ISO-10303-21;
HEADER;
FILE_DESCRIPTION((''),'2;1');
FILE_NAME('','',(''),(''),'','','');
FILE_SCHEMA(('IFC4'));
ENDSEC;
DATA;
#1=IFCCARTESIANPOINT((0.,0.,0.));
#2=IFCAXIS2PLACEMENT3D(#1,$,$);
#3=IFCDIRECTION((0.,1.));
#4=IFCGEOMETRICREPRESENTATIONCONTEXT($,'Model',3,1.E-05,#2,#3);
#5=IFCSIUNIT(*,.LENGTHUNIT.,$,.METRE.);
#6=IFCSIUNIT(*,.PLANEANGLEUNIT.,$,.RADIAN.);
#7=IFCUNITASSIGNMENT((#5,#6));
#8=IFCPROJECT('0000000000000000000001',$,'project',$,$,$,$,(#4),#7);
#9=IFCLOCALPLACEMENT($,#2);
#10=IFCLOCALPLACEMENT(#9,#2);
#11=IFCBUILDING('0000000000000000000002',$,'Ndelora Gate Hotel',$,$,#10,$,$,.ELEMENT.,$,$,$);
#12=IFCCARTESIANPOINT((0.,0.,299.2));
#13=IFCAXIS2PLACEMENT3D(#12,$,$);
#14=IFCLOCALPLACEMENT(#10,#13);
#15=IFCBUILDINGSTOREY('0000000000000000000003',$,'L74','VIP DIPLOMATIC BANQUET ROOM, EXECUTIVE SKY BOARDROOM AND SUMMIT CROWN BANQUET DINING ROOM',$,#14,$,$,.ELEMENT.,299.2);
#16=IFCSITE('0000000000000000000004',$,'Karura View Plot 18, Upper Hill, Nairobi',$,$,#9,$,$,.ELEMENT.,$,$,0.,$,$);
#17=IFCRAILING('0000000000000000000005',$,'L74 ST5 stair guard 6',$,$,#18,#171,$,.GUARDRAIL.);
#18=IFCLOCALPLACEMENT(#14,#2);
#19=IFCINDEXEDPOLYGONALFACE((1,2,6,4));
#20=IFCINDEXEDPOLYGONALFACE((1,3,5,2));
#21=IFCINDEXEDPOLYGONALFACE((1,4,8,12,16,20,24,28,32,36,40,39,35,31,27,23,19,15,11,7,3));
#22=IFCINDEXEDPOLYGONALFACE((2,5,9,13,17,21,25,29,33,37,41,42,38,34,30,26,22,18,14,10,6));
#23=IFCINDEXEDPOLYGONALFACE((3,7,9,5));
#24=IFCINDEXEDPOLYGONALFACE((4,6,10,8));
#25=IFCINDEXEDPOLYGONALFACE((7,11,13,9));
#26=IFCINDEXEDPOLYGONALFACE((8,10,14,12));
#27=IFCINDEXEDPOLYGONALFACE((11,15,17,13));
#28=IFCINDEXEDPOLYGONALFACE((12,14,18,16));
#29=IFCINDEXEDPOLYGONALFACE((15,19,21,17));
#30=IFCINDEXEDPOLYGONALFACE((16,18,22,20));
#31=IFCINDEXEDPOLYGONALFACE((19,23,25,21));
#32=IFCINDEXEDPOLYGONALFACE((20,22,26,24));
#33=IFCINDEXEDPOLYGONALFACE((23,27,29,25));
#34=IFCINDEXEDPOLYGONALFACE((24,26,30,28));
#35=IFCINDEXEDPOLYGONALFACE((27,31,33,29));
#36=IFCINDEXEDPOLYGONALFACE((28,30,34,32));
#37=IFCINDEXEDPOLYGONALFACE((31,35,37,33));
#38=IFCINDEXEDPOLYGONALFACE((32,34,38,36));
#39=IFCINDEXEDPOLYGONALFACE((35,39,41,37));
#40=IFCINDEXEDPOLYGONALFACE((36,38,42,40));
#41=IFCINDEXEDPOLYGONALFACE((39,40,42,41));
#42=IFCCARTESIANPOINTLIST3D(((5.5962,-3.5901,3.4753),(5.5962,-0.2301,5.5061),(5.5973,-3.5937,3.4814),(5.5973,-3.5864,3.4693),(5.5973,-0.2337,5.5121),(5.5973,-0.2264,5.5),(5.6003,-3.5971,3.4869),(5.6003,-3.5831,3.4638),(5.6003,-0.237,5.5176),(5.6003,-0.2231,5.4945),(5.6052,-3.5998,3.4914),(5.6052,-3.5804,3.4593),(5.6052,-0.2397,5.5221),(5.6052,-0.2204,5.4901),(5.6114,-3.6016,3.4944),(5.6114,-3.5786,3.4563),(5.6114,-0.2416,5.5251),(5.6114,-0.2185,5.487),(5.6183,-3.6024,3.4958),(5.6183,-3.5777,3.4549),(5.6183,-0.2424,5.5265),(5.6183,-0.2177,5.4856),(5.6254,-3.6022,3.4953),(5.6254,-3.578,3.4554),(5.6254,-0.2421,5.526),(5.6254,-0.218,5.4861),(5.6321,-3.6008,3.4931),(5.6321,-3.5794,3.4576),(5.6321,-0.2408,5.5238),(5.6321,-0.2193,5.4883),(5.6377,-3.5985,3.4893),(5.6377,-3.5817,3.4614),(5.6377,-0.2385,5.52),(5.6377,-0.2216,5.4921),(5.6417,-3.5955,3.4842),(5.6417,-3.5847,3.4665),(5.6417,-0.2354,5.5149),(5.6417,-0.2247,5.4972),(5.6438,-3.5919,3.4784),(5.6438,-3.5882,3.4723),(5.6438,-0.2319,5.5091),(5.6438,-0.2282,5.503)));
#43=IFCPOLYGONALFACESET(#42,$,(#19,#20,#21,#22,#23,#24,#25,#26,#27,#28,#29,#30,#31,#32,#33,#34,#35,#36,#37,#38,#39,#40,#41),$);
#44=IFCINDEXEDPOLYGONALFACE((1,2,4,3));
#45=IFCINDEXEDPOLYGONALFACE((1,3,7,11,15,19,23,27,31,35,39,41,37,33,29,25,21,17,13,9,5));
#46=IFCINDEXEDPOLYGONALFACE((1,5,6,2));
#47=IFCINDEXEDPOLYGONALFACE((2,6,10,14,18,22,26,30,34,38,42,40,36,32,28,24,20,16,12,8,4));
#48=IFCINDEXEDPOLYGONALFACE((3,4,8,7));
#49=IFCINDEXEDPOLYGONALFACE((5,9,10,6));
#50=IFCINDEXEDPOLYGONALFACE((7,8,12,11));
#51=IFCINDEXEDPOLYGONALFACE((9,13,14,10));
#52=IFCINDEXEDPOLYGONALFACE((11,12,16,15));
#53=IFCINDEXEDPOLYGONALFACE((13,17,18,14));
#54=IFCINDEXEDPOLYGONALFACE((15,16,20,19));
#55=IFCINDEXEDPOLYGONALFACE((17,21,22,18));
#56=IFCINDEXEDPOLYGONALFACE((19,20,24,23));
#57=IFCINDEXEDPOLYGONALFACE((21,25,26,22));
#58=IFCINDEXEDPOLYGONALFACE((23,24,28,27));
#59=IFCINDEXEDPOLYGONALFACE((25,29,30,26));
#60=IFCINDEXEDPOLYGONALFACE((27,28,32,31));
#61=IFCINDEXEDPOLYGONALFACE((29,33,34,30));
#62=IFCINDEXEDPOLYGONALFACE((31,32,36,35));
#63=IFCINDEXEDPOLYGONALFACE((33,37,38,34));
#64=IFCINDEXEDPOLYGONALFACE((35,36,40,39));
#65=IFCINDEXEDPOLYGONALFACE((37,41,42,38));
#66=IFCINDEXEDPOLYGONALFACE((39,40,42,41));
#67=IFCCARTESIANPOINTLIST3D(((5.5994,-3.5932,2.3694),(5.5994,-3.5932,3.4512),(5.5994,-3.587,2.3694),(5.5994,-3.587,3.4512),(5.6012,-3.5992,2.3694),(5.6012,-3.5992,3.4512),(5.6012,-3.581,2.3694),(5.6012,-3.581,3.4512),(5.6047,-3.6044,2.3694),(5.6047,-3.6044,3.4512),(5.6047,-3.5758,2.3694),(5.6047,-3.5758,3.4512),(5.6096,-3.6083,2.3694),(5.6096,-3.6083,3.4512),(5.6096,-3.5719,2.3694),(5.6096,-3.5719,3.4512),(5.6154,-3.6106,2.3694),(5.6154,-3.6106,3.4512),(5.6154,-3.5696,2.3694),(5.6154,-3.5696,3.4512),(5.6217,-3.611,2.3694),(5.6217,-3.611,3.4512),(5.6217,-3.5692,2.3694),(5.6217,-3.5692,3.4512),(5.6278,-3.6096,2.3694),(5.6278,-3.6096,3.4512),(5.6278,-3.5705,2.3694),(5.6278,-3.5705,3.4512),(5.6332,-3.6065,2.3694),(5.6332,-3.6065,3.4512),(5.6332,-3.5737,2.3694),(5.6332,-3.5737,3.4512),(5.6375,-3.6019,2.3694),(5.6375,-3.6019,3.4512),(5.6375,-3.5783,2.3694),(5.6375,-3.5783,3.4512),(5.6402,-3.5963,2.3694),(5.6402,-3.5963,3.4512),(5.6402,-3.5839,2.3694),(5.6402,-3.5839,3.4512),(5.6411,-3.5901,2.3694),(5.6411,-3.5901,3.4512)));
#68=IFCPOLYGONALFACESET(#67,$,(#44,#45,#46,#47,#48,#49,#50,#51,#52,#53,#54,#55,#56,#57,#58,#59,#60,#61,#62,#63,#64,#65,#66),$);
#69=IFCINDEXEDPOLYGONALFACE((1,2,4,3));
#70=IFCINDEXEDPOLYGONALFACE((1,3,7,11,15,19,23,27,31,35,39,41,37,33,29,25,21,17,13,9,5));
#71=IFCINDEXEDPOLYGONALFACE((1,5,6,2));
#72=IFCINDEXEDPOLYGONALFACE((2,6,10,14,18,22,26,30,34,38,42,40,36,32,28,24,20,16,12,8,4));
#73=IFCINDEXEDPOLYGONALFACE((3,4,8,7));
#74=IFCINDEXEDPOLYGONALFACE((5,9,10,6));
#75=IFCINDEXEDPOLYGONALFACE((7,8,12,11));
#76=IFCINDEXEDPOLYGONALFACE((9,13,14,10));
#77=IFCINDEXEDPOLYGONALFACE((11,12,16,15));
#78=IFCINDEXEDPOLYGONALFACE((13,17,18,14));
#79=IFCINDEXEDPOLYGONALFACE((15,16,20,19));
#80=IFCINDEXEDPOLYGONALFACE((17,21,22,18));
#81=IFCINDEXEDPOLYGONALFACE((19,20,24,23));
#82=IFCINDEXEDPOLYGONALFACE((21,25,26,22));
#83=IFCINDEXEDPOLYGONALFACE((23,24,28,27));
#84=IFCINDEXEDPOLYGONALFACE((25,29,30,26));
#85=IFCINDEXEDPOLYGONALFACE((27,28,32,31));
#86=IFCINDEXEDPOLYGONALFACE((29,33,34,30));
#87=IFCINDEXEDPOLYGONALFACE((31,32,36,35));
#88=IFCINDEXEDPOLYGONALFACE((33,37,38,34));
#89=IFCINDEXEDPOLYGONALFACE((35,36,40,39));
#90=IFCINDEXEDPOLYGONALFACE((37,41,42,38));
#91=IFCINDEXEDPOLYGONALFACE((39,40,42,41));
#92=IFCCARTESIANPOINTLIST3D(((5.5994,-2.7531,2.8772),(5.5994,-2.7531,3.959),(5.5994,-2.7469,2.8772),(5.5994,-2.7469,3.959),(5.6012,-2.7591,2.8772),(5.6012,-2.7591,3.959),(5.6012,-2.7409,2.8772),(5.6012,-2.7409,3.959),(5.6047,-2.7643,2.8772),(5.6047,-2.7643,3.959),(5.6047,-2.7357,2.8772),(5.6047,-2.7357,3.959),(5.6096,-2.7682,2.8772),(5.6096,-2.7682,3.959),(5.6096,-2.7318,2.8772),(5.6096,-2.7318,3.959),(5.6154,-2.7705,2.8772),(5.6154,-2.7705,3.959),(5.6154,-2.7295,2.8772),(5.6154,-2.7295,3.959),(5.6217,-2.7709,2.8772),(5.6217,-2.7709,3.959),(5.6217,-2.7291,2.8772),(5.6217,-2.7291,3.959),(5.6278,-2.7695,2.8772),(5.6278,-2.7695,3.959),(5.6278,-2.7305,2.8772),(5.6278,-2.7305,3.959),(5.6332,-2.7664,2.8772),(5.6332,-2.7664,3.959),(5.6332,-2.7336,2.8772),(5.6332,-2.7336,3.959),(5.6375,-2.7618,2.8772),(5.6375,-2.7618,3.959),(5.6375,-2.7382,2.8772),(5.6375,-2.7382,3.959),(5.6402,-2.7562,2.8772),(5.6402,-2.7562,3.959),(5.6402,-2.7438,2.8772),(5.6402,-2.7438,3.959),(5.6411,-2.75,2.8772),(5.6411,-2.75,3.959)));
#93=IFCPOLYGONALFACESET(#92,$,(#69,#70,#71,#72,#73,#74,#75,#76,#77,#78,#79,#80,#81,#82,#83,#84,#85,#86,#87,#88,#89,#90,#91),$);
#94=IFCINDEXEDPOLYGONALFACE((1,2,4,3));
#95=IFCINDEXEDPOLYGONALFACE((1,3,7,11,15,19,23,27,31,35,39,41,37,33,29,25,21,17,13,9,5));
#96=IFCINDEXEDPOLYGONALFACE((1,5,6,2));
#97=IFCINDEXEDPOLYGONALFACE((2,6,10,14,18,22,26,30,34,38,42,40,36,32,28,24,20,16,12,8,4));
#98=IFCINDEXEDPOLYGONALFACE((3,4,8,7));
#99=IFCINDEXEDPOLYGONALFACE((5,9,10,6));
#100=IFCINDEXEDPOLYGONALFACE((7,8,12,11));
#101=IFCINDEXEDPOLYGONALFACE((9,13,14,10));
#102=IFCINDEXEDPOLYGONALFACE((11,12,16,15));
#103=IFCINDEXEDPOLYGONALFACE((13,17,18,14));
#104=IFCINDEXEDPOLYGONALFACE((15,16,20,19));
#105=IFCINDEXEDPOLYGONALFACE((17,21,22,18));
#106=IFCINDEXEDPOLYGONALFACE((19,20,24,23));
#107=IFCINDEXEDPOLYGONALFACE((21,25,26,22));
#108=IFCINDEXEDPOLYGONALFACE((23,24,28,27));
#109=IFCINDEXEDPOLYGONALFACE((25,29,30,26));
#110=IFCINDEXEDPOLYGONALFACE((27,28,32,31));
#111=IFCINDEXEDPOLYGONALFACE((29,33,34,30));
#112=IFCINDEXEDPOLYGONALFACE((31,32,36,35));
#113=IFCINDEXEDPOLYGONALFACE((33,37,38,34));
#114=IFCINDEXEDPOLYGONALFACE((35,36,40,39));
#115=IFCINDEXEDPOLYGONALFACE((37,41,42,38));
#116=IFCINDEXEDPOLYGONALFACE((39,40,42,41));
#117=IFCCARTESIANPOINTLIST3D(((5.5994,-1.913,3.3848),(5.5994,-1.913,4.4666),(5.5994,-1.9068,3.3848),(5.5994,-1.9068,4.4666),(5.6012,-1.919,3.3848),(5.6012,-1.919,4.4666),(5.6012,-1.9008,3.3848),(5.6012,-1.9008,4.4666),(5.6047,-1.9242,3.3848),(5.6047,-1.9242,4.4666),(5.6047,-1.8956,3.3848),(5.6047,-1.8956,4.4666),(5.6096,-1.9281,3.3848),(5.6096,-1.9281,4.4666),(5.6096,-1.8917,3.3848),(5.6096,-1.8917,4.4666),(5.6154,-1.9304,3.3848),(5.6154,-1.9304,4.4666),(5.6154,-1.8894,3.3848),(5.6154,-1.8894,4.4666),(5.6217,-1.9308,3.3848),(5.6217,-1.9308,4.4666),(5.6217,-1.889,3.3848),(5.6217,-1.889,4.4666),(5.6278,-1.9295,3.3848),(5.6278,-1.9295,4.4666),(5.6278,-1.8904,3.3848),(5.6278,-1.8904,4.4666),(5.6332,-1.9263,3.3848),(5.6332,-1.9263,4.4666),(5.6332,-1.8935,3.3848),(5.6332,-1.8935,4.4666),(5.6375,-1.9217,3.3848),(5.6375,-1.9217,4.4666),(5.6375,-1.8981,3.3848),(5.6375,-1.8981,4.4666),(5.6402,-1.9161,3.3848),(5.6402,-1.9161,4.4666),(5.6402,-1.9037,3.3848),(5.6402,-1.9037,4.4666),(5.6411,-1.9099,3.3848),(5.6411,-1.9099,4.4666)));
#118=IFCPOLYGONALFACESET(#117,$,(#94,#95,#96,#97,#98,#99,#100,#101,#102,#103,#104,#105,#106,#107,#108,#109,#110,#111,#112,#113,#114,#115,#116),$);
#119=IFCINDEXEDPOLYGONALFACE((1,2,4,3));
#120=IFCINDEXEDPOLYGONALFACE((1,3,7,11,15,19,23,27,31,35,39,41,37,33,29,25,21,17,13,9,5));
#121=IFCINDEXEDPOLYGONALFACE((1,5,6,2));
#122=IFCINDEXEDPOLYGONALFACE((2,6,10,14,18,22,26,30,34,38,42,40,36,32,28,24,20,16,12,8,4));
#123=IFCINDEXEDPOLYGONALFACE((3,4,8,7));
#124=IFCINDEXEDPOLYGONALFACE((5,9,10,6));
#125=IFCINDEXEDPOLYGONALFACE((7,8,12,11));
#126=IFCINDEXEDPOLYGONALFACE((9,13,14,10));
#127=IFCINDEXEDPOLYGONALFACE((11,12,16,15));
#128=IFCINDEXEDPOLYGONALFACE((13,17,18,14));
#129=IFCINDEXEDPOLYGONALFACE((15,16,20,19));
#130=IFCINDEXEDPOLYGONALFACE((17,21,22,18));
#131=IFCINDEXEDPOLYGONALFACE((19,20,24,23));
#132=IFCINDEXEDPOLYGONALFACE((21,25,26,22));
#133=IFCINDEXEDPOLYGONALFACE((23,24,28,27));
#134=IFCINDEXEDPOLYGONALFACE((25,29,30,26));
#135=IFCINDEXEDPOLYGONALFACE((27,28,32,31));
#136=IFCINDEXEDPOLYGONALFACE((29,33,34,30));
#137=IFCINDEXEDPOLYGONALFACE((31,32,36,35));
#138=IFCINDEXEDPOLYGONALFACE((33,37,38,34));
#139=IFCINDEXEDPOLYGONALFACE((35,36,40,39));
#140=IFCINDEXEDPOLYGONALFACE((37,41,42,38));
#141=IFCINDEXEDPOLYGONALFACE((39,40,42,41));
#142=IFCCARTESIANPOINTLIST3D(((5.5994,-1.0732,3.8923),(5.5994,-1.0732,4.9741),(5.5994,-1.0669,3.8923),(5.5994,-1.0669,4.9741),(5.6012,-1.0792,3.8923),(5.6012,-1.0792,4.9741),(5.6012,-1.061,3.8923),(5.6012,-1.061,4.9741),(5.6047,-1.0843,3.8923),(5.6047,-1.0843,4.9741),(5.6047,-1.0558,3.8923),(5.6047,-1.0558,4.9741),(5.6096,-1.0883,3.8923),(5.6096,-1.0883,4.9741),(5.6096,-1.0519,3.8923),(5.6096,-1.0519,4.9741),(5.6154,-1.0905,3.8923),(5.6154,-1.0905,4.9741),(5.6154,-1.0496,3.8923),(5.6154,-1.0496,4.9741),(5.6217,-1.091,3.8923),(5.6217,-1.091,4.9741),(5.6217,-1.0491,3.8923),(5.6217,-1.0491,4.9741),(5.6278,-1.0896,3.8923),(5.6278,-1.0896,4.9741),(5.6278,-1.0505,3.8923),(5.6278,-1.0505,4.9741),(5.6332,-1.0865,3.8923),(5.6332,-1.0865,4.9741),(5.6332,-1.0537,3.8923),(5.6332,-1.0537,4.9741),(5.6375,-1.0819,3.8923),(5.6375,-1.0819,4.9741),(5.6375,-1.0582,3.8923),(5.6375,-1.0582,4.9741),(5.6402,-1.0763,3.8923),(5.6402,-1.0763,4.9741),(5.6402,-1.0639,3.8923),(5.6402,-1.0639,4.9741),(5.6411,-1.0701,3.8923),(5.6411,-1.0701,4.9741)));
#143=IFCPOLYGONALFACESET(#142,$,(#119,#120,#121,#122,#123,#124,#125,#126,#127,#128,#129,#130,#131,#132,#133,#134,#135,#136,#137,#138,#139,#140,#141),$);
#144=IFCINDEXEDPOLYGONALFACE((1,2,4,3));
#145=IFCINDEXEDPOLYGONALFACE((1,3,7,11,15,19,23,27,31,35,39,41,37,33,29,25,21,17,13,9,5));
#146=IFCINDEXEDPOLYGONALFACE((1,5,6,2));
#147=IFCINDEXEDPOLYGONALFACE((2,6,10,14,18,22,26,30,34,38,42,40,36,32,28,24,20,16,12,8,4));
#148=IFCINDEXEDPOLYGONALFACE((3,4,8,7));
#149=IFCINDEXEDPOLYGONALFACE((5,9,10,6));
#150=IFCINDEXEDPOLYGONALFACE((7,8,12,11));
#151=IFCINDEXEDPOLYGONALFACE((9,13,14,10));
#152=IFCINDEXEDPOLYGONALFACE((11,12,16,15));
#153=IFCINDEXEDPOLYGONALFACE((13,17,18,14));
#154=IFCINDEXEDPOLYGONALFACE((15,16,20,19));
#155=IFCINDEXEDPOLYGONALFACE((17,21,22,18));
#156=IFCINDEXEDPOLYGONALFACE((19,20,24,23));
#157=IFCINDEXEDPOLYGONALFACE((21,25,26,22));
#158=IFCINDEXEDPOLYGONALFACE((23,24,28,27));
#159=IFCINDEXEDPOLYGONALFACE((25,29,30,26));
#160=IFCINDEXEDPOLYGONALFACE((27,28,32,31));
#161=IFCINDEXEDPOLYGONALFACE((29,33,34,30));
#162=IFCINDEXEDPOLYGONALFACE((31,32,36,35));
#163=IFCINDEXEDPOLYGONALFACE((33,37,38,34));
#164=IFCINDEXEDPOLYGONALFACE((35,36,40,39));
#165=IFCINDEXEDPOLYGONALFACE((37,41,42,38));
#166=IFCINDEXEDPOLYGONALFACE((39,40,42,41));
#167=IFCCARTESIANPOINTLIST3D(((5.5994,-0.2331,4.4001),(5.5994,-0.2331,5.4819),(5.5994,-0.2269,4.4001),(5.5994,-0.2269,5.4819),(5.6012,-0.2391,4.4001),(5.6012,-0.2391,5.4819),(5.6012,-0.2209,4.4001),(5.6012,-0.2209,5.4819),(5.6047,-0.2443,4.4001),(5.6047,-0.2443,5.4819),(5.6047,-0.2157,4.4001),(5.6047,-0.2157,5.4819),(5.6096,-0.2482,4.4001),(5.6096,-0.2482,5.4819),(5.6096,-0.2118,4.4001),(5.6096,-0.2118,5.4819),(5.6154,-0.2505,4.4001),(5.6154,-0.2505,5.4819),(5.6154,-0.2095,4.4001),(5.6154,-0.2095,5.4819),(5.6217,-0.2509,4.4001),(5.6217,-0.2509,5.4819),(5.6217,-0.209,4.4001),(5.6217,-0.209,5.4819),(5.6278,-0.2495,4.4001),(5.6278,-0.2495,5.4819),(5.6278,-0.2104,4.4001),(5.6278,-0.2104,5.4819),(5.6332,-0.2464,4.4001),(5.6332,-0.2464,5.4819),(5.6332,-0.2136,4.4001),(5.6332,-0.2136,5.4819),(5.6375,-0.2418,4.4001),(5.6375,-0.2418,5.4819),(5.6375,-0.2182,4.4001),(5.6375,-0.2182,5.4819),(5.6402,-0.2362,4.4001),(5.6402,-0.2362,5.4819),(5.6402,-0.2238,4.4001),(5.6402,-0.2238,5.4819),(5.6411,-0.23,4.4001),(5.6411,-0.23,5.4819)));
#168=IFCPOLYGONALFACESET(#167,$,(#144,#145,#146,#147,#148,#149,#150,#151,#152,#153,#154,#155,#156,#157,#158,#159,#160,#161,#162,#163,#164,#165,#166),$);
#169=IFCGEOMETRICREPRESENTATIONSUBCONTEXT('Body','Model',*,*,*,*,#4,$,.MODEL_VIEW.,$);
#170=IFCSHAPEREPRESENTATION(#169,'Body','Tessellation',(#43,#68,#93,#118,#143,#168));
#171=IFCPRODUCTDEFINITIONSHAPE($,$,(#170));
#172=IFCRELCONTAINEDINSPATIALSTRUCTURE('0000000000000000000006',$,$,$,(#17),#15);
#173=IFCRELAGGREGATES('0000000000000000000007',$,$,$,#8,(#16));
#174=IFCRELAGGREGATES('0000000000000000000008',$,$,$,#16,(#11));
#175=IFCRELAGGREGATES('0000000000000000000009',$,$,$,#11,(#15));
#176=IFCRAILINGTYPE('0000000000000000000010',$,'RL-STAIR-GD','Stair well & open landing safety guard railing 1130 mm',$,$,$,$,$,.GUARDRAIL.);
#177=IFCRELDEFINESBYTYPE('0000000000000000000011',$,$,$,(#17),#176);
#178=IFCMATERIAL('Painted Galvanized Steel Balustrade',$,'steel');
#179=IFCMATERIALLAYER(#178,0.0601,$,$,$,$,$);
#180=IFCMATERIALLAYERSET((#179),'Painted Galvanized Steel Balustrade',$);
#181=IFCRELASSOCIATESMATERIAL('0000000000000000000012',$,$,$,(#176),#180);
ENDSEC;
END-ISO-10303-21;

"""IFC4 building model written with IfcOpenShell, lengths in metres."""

from ifc_helpers import new_model, si_unit, direction, frame, origin, origin_2d, place, context, subcontext, project, spatial, circle, extrude, material, layer, layer_set, type_object, element, save


model = new_model("IFC4")

# Units and contexts
model_context = context("Model", 3, precision=1e-05, world=origin(), true_north=direction((0.0, 1.0)))
body_context = subcontext(model_context, "Body", "Model", "MODEL_VIEW")
ifc_project = project(units=[si_unit("LENGTHUNIT", "METRE"), si_unit("PLANEANGLEUNIT", "RADIAN")], contexts=[model_context])

# Site, building, storey
site_placement = place(None, origin())
site = spatial("IfcSite", under=ifc_project, at=site_placement, Name="Karura View Plot 18, Upper Hill, Nairobi", CompositionType="ELEMENT", RefElevation=0.0)
building_placement = place(site_placement, origin())
building = spatial("IfcBuilding", under=site, at=building_placement, Name="Ndelora Gate Hotel", CompositionType="ELEMENT")
storey_placement = place(building_placement, frame((0.0, 0.0, 299.2)))
storey = spatial("IfcBuildingStorey", under=building, at=storey_placement, Name="L74", Description="VIP DIPLOMATIC BANQUET ROOM, EXECUTIVE SKY BOARDROOM AND SUMMIT CROWN BANQUET DINING ROOM", CompositionType="ELEMENT", Elevation=299.2)

# Railing
ifc_material_1 = material(Name="Painted Galvanized Steel Balustrade", Category="steel")
ifc_layer_1 = layer(ifc_material_1, 0.0601)
ifc_layer_set_1 = layer_set([ifc_layer_1], Name="Painted Galvanized Steel Balustrade")
railing_type_1 = type_object("IfcRailingType", Name="RL-STAIR-GD", Description="Stair well & open landing safety guard railing 1130 mm", PredefinedType="GUARDRAIL", material=ifc_layer_set_1)
railing_1_placement = place(storey_placement, frame((5.6201, -3.5901, 2.3694)))
element("IfcRailing", 1, at=railing_1_placement, inside=storey, type_object=railing_type_1, Name="L74 ST5 stair guard 6", PredefinedType="GUARDRAIL", context=body_context, shape_type="SweptSolid", body=[
    extrude(circle(Radius=0.0239, at=origin_2d()), frame((0.0, 0.0, 1.106), z_axis=(0.0, 0.855837, 0.517246), x_axis=(-1.0, 0.0, 0.0)), (0.0, 0.0, 1.0), 3.926),
    extrude(circle(Radius=0.021, at=origin_2d()), origin(), (0.0, 0.0, 1.0), 1.0818),
    extrude(circle(Radius=0.021, at=origin_2d()), frame((0.0, 0.8401, 0.5078)), (0.0, 0.0, 1.0), 1.0818),
    extrude(circle(Radius=0.021, at=origin_2d()), frame((0.0, 1.6802, 1.0154)), (0.0, 0.0, 1.0), 1.0818),
    extrude(circle(Radius=0.021, at=origin_2d()), frame((0.0, 2.52, 1.5229)), (0.0, 0.0, 1.0), 1.0818),
    extrude(circle(Radius=0.021, at=origin_2d()), frame((0.0, 3.3601, 2.0308)), (0.0, 0.0, 1.0), 1.0818),
])

save(model, "model.ifc")
